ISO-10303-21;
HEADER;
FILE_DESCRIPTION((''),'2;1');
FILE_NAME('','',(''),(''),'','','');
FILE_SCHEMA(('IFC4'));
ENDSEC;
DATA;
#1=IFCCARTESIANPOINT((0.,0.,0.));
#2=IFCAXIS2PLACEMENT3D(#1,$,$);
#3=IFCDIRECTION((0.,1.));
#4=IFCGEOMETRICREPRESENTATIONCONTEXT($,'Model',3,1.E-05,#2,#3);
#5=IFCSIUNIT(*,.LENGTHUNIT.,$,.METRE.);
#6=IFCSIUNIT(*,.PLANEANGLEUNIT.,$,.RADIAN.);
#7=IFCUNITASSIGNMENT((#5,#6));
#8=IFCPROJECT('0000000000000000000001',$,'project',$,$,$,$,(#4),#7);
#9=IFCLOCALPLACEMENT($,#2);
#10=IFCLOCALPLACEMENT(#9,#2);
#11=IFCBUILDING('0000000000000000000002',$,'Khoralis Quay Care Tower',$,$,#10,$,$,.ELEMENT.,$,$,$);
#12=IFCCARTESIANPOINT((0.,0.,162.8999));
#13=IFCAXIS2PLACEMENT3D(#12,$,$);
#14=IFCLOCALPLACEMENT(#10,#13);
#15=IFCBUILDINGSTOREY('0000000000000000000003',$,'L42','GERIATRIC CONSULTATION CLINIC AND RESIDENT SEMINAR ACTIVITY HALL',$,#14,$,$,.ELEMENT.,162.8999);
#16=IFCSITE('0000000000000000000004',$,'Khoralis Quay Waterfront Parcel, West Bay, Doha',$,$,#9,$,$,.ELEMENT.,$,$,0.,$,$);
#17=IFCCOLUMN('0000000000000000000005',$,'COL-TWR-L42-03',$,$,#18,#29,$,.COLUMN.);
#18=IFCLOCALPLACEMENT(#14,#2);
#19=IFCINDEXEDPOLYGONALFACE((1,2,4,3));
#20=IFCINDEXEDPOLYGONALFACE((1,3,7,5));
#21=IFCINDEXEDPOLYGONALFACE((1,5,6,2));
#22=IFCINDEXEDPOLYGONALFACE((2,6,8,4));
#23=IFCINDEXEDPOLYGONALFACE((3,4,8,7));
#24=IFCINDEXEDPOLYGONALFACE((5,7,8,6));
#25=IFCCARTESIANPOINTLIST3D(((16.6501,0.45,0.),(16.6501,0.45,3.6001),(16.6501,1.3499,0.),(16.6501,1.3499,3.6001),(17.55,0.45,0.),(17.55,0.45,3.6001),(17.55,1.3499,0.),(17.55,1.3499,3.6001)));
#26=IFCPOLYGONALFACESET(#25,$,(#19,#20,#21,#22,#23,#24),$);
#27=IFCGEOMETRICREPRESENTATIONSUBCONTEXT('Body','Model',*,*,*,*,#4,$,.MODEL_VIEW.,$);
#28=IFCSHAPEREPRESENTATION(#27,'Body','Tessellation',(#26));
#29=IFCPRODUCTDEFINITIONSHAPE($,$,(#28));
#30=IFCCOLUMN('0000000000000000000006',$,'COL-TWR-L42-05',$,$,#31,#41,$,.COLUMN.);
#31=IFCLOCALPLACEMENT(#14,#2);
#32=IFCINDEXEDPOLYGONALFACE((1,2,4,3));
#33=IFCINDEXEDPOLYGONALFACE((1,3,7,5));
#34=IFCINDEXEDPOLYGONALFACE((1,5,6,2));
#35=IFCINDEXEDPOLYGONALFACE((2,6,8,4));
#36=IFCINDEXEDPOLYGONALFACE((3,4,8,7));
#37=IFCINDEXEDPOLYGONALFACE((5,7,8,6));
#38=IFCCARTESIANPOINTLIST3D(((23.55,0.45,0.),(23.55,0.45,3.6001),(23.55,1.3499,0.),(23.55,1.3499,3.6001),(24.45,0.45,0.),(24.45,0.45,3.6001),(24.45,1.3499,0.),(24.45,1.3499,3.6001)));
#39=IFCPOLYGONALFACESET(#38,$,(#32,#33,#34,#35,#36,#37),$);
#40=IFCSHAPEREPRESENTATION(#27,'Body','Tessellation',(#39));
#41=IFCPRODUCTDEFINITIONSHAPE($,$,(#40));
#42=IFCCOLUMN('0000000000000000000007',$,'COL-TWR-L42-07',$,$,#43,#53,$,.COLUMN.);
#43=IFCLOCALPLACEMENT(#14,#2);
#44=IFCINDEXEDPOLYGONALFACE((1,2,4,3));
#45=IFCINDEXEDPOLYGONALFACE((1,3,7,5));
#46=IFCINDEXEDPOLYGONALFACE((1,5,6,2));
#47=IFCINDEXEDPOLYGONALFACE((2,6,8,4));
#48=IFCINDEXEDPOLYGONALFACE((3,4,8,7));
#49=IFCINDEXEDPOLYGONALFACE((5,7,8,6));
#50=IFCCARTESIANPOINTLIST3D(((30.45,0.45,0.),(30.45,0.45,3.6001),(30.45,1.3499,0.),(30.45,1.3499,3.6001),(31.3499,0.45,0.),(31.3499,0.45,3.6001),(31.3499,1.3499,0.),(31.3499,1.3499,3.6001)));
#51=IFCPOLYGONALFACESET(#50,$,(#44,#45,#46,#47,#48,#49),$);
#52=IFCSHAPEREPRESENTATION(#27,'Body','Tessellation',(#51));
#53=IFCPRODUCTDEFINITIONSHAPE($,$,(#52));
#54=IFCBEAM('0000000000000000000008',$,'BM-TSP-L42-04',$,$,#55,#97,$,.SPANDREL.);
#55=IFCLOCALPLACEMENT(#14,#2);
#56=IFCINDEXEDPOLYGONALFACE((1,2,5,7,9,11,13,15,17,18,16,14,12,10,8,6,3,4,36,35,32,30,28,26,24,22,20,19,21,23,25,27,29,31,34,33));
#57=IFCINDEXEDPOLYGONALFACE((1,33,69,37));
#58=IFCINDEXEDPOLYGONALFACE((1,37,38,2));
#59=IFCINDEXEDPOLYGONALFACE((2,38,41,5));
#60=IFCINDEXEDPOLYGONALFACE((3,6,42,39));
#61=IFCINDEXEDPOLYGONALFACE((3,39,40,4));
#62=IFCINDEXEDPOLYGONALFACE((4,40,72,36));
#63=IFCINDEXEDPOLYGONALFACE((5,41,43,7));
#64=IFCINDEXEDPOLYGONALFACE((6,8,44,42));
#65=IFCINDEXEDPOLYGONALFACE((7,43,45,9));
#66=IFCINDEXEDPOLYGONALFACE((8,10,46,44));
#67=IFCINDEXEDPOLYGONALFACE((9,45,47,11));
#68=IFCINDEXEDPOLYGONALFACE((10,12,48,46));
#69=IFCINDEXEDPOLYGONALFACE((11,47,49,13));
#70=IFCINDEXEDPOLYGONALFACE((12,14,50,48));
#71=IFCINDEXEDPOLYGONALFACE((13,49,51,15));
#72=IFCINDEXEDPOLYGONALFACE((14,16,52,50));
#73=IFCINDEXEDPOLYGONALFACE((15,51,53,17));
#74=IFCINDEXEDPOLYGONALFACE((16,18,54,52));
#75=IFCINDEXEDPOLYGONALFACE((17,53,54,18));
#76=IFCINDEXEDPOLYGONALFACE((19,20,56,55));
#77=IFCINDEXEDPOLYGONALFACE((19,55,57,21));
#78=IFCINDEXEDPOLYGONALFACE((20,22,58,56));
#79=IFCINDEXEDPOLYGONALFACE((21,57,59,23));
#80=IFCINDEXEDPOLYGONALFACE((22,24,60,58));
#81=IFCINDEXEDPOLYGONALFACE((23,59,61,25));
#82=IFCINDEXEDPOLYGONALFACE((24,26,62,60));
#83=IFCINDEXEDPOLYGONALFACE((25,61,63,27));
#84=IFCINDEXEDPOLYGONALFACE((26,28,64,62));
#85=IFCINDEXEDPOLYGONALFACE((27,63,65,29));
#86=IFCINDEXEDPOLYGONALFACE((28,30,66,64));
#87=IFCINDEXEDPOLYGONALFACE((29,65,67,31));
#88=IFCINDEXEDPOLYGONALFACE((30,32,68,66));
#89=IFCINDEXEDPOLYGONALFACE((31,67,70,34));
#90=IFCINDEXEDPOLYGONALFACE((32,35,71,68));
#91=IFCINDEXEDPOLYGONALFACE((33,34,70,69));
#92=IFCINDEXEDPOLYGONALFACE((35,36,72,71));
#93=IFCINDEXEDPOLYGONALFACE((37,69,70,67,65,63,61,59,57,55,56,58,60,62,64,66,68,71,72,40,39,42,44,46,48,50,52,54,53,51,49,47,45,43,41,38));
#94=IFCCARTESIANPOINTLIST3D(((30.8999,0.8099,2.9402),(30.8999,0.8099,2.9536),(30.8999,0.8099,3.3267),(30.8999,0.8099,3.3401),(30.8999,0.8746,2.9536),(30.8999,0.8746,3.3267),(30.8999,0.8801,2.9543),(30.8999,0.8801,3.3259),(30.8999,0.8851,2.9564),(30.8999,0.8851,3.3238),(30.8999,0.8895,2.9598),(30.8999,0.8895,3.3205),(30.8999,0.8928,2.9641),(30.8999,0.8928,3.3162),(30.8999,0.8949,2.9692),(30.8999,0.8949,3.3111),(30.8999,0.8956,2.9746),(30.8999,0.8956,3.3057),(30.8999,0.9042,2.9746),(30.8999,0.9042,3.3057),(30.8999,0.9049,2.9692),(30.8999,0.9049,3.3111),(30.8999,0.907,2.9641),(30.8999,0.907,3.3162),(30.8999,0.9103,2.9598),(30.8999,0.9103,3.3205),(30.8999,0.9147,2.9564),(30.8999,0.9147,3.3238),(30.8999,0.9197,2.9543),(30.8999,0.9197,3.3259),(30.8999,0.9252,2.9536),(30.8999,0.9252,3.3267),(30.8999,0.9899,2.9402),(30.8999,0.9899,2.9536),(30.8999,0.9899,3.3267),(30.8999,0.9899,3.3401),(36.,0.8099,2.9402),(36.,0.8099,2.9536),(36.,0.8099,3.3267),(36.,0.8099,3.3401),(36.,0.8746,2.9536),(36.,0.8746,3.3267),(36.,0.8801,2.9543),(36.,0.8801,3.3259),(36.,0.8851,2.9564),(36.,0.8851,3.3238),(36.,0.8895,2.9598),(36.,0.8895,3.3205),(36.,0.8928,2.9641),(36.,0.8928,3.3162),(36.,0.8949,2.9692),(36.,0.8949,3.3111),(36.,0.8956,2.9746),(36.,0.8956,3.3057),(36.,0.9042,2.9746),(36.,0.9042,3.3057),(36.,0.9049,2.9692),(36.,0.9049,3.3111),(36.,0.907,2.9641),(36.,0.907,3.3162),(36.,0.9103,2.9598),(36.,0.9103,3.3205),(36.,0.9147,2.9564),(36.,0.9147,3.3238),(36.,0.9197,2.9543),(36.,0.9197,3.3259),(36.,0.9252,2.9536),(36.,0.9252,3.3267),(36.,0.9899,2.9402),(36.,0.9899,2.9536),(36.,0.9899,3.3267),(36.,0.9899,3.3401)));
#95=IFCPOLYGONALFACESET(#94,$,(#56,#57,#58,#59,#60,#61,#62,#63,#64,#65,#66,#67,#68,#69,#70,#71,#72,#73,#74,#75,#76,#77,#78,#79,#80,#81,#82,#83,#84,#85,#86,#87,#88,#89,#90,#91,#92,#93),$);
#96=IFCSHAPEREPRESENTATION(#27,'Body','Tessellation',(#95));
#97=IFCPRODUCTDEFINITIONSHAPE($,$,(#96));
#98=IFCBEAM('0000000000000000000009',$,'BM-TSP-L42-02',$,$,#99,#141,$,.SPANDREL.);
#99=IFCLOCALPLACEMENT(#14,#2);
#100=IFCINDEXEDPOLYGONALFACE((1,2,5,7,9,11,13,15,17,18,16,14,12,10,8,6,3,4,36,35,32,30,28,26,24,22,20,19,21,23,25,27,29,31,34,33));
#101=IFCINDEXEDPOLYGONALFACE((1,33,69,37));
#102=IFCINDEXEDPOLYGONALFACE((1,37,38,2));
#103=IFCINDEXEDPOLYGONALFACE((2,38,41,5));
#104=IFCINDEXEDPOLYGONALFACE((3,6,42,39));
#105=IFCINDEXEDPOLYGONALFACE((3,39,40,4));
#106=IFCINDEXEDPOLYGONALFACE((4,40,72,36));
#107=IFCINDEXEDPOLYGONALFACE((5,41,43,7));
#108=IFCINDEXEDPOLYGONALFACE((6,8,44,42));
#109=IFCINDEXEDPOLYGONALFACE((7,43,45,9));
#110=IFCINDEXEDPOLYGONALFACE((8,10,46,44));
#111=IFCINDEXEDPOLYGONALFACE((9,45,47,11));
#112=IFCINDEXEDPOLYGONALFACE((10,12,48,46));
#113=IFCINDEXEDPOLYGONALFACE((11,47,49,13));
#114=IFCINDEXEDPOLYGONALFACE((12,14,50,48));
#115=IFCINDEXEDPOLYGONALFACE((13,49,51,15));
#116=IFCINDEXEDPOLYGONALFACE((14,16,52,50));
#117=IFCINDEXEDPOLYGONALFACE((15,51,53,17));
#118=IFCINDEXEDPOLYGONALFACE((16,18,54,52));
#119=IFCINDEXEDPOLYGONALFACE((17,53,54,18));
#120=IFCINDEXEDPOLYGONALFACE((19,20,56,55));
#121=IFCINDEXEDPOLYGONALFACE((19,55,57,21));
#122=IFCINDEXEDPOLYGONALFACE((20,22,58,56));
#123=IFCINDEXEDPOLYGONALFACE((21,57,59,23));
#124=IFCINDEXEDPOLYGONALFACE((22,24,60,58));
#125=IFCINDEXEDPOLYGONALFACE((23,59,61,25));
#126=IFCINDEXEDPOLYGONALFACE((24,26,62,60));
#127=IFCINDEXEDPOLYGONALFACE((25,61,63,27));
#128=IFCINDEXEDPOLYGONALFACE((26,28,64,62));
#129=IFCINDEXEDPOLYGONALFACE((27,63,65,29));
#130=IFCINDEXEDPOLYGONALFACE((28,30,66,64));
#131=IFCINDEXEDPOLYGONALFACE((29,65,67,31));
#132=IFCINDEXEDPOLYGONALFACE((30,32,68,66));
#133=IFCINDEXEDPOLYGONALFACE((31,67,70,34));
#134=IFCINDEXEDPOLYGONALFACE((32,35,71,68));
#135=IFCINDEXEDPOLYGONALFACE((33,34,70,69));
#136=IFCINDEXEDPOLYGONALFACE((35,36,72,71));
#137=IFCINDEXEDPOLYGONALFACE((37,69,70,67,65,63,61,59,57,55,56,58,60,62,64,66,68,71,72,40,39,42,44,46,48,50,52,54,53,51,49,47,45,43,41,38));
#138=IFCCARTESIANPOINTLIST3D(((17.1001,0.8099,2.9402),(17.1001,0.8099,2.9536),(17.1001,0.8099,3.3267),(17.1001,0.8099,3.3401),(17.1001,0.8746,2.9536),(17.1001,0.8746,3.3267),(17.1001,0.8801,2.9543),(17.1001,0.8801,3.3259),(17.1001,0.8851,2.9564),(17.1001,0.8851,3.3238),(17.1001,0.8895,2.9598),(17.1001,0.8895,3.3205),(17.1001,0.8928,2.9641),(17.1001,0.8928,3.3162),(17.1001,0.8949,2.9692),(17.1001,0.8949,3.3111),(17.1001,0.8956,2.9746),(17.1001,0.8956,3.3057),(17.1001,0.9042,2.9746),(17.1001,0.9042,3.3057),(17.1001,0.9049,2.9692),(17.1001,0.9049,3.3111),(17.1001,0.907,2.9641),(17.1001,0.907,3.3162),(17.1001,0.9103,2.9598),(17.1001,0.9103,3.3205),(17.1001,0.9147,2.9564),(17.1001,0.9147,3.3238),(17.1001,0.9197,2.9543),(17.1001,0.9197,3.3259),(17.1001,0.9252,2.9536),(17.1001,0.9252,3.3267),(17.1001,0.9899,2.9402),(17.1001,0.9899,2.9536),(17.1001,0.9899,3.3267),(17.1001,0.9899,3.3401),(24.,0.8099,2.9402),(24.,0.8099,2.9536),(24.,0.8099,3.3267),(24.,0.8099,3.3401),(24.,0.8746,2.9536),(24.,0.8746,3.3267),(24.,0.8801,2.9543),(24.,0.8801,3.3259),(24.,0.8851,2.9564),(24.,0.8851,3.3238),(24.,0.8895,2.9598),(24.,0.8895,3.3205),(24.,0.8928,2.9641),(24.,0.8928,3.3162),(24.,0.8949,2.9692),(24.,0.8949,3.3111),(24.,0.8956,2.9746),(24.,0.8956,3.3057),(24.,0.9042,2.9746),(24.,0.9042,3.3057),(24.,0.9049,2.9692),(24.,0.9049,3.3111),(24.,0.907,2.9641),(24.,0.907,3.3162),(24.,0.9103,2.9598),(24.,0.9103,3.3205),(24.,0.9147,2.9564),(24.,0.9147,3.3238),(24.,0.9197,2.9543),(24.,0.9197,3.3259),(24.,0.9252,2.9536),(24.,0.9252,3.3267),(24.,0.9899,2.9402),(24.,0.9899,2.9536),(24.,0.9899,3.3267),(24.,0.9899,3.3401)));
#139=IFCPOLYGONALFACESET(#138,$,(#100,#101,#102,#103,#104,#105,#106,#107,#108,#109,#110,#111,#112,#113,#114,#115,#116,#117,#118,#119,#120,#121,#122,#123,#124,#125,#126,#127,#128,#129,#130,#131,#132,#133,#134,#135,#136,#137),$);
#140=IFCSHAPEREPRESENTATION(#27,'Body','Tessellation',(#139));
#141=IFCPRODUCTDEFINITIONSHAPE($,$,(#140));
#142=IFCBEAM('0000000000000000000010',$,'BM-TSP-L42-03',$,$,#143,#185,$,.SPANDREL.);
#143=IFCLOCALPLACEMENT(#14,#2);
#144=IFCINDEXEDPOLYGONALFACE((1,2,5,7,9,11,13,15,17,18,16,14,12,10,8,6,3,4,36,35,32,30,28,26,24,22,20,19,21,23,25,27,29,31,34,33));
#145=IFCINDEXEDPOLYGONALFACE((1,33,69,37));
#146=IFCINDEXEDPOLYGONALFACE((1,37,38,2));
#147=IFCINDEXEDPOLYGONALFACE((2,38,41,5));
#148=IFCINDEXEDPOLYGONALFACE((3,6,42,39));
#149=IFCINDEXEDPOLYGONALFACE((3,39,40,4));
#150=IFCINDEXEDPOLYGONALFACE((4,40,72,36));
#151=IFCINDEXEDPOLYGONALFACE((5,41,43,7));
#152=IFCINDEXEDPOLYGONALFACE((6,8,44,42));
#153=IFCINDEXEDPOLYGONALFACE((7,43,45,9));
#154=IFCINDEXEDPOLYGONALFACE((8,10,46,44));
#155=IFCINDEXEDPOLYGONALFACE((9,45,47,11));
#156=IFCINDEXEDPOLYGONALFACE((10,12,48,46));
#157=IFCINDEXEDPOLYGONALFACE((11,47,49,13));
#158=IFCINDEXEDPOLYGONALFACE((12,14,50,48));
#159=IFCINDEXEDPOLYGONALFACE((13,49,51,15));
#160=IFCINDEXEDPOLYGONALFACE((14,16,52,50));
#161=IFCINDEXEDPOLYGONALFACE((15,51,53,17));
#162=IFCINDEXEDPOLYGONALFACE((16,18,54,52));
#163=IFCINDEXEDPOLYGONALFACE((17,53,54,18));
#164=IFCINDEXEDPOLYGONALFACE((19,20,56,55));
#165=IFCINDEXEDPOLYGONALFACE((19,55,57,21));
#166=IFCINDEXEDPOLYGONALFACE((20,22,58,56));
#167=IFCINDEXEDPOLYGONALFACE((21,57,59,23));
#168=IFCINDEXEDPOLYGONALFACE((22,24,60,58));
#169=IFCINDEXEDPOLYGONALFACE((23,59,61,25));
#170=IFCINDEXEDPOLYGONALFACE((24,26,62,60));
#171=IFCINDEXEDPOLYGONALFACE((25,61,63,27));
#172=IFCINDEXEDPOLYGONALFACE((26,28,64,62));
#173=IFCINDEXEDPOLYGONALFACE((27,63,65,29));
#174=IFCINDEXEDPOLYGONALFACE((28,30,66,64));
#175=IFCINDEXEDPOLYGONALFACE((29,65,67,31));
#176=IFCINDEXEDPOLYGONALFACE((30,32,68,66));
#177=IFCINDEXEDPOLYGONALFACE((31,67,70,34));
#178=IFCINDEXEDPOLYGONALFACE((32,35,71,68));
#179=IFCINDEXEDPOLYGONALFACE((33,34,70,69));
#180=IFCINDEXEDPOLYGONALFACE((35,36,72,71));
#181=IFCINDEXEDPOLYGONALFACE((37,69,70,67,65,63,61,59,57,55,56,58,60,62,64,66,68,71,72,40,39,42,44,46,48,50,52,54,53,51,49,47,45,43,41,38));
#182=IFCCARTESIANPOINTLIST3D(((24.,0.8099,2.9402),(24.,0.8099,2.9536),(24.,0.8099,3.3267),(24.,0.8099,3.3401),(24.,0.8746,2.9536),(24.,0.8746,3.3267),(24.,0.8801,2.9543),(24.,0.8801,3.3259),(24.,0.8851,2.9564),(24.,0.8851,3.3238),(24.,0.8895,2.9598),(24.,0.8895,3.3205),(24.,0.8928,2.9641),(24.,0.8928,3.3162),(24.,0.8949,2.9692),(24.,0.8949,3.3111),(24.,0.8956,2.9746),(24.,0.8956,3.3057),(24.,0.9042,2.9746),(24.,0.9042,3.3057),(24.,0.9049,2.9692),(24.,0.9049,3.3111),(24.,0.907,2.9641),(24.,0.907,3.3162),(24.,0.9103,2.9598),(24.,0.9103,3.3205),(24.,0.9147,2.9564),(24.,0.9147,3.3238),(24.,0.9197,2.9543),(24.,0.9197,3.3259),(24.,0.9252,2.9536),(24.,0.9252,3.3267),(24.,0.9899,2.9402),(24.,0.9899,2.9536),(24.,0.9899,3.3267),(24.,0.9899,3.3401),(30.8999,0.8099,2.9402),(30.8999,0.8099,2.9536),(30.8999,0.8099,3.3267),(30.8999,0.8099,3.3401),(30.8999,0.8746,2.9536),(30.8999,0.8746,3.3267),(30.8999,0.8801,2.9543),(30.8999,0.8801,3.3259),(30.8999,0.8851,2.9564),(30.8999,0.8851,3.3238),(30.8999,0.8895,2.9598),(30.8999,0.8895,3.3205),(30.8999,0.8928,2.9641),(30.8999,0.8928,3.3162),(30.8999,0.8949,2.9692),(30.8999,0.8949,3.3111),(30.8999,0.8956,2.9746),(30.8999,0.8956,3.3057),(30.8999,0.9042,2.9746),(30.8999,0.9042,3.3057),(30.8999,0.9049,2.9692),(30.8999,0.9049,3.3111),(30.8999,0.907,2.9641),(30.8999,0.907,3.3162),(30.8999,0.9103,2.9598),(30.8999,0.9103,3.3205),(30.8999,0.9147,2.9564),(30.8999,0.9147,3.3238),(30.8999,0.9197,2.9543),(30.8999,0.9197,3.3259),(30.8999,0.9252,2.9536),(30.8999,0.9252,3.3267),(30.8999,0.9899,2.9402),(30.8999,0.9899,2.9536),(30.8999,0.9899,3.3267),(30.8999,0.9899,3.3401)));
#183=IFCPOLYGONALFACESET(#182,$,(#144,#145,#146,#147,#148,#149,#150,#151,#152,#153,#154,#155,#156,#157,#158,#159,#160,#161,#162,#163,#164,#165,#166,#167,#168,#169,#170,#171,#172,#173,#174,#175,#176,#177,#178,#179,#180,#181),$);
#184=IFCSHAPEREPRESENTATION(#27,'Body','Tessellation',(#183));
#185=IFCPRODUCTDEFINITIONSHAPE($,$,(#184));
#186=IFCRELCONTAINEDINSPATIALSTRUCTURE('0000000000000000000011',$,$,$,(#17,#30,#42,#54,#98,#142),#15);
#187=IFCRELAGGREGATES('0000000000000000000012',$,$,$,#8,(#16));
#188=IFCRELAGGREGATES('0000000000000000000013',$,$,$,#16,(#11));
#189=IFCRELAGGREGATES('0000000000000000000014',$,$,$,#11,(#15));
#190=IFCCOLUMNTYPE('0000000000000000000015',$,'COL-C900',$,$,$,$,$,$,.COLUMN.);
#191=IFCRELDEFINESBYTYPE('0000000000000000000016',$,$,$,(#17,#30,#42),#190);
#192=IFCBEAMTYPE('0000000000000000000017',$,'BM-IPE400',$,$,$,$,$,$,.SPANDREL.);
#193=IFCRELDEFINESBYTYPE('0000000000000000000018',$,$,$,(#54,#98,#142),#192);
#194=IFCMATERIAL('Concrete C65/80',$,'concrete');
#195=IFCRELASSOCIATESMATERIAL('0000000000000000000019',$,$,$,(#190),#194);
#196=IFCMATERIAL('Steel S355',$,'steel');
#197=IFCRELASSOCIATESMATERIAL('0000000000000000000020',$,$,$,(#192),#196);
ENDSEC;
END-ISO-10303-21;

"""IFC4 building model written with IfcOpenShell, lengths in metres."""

from ifc_helpers import new_model, si_unit, direction, frame, origin, origin_2d, place, context, subcontext, project, spatial, rectangle, i_section, extrude, source, transform, mapped, material, material_profile, profile_set, type_object, element, save


model = new_model("IFC4")

# Units and contexts
model_context = context("Model", 3, precision=1e-05, world=origin(), true_north=direction((0.0, 1.0)))
body_context = subcontext(model_context, "Body", "Model", "MODEL_VIEW")
ifc_project = project(units=[si_unit("LENGTHUNIT", "METRE"), si_unit("PLANEANGLEUNIT", "RADIAN")], contexts=[model_context])

# Site, building, storey
site_placement = place(None, origin())
site = spatial("IfcSite", under=ifc_project, at=site_placement, Name="Khoralis Quay Waterfront Parcel, West Bay, Doha", CompositionType="ELEMENT", RefElevation=0.0)
building_placement = place(site_placement, origin())
building = spatial("IfcBuilding", under=site, at=building_placement, Name="Khoralis Quay Care Tower", CompositionType="ELEMENT")
storey_placement = place(building_placement, frame((0.0, 0.0, 162.8999)))
storey = spatial("IfcBuildingStorey", under=building, at=storey_placement, Name="L42", Description="GERIATRIC CONSULTATION CLINIC AND RESIDENT SEMINAR ACTIVITY HALL", CompositionType="ELEMENT", Elevation=162.8999)

# Columns
ifc_material_1 = material(Name="Concrete C65/80", Category="concrete")
ifc_material_profile_1 = material_profile(ifc_material_1, rectangle(XDim=0.8999, YDim=0.8999, at=origin_2d()), Name="Concrete C65/80")
ifc_profile_set_1 = profile_set([ifc_material_profile_1], Name="Concrete C65/80")
column_type = type_object("IfcColumnType", Name="COL-C900", PredefinedType="COLUMN", material=ifc_profile_set_1)
shared_shape_1 = source(origin(), body_context, "Body", "SweptSolid", [
    extrude(rectangle(XDim=0.8999, YDim=0.8999, at=origin_2d()), origin(), (0.0, 0.0, 1.0), 3.6001),
])
for number, where, z_axis, x_axis, name in (
    (1, (17.1001, 0.8999, 0.0), (0.0, 0.0, 1.0), (1.0, 0.0, 0.0), "COL-TWR-L42-03"),
    (2, (24.0, 0.8999, 0.0), (0.0, 0.0, 1.0), (1.0, 0.0, 0.0), "COL-TWR-L42-05"),
    (3, (30.8999, 0.8999, 0.0), (0.0, 0.0, 1.0), (1.0, 0.0, 0.0), "COL-TWR-L42-07"),
):
    element("IfcColumn", number, at=place(storey_placement, frame(where, z_axis=z_axis, x_axis=x_axis)), inside=storey, type_object=column_type, Name=name, PredefinedType="COLUMN", context=body_context, shape_type="MappedRepresentation", body=[
        mapped(shared_shape_1, transform((0.0, 0.0, 0.0), scale=1.0)),
    ])

# Beams
ifc_material_2 = material(Name="Steel S355", Category="steel")
ifc_material_profile_2 = material_profile(ifc_material_2, i_section(OverallWidth=0.1799, OverallDepth=0.3999, WebThickness=0.0085, FlangeThickness=0.0134, FilletRadius=0.021, at=origin_2d()), Name="Steel S355")
ifc_profile_set_2 = profile_set([ifc_material_profile_2], Name="Steel S355")
beam_type_1 = type_object("IfcBeamType", Name="BM-IPE400", PredefinedType="SPANDREL", material=ifc_profile_set_2)
shared_shape_2 = source(origin(), body_context, "Body", "SweptSolid", [
    extrude(i_section(OverallWidth=0.1799, OverallDepth=0.3999, WebThickness=0.0085, FlangeThickness=0.0134, FilletRadius=0.021, at=origin_2d()), origin(), (0.0, 0.0, 1.0), 5.1001),
])
beam_1_placement = place(storey_placement, frame((30.8999, 0.8999, 3.1401), z_axis=(1.0, 0.0, 0.0), x_axis=(0.0, 1.0, 0.0)))
element("IfcBeam", 4, at=beam_1_placement, inside=storey, type_object=beam_type_1, Name="BM-TSP-L42-04", PredefinedType="SPANDREL", context=body_context, shape_type="MappedRepresentation", body=[
    mapped(shared_shape_2, transform((0.0, 0.0, 0.0), scale=1.0)),
])
shared_shape_3 = source(origin(), body_context, "Body", "SweptSolid", [
    extrude(i_section(OverallWidth=0.1799, OverallDepth=0.3999, WebThickness=0.0085, FlangeThickness=0.0134, FilletRadius=0.021, at=origin_2d()), origin(), (0.0, 0.0, 1.0), 6.8999),
])
for number, where, z_axis, x_axis, name in (
    (5, (17.1001, 0.8999, 3.1401), (1.0, 0.0, 0.0), (0.0, 1.0, 0.0), "BM-TSP-L42-02"),
    (6, (24.0, 0.8999, 3.1401), (1.0, 0.0, 0.0), (0.0, 1.0, 0.0), "BM-TSP-L42-03"),
):
    element("IfcBeam", number, at=place(storey_placement, frame(where, z_axis=z_axis, x_axis=x_axis)), inside=storey, type_object=beam_type_1, Name=name, PredefinedType="SPANDREL", context=body_context, shape_type="MappedRepresentation", body=[
        mapped(shared_shape_3, transform((0.0, 0.0, 0.0), scale=1.0)),
    ])

save(model, "model.ifc")
